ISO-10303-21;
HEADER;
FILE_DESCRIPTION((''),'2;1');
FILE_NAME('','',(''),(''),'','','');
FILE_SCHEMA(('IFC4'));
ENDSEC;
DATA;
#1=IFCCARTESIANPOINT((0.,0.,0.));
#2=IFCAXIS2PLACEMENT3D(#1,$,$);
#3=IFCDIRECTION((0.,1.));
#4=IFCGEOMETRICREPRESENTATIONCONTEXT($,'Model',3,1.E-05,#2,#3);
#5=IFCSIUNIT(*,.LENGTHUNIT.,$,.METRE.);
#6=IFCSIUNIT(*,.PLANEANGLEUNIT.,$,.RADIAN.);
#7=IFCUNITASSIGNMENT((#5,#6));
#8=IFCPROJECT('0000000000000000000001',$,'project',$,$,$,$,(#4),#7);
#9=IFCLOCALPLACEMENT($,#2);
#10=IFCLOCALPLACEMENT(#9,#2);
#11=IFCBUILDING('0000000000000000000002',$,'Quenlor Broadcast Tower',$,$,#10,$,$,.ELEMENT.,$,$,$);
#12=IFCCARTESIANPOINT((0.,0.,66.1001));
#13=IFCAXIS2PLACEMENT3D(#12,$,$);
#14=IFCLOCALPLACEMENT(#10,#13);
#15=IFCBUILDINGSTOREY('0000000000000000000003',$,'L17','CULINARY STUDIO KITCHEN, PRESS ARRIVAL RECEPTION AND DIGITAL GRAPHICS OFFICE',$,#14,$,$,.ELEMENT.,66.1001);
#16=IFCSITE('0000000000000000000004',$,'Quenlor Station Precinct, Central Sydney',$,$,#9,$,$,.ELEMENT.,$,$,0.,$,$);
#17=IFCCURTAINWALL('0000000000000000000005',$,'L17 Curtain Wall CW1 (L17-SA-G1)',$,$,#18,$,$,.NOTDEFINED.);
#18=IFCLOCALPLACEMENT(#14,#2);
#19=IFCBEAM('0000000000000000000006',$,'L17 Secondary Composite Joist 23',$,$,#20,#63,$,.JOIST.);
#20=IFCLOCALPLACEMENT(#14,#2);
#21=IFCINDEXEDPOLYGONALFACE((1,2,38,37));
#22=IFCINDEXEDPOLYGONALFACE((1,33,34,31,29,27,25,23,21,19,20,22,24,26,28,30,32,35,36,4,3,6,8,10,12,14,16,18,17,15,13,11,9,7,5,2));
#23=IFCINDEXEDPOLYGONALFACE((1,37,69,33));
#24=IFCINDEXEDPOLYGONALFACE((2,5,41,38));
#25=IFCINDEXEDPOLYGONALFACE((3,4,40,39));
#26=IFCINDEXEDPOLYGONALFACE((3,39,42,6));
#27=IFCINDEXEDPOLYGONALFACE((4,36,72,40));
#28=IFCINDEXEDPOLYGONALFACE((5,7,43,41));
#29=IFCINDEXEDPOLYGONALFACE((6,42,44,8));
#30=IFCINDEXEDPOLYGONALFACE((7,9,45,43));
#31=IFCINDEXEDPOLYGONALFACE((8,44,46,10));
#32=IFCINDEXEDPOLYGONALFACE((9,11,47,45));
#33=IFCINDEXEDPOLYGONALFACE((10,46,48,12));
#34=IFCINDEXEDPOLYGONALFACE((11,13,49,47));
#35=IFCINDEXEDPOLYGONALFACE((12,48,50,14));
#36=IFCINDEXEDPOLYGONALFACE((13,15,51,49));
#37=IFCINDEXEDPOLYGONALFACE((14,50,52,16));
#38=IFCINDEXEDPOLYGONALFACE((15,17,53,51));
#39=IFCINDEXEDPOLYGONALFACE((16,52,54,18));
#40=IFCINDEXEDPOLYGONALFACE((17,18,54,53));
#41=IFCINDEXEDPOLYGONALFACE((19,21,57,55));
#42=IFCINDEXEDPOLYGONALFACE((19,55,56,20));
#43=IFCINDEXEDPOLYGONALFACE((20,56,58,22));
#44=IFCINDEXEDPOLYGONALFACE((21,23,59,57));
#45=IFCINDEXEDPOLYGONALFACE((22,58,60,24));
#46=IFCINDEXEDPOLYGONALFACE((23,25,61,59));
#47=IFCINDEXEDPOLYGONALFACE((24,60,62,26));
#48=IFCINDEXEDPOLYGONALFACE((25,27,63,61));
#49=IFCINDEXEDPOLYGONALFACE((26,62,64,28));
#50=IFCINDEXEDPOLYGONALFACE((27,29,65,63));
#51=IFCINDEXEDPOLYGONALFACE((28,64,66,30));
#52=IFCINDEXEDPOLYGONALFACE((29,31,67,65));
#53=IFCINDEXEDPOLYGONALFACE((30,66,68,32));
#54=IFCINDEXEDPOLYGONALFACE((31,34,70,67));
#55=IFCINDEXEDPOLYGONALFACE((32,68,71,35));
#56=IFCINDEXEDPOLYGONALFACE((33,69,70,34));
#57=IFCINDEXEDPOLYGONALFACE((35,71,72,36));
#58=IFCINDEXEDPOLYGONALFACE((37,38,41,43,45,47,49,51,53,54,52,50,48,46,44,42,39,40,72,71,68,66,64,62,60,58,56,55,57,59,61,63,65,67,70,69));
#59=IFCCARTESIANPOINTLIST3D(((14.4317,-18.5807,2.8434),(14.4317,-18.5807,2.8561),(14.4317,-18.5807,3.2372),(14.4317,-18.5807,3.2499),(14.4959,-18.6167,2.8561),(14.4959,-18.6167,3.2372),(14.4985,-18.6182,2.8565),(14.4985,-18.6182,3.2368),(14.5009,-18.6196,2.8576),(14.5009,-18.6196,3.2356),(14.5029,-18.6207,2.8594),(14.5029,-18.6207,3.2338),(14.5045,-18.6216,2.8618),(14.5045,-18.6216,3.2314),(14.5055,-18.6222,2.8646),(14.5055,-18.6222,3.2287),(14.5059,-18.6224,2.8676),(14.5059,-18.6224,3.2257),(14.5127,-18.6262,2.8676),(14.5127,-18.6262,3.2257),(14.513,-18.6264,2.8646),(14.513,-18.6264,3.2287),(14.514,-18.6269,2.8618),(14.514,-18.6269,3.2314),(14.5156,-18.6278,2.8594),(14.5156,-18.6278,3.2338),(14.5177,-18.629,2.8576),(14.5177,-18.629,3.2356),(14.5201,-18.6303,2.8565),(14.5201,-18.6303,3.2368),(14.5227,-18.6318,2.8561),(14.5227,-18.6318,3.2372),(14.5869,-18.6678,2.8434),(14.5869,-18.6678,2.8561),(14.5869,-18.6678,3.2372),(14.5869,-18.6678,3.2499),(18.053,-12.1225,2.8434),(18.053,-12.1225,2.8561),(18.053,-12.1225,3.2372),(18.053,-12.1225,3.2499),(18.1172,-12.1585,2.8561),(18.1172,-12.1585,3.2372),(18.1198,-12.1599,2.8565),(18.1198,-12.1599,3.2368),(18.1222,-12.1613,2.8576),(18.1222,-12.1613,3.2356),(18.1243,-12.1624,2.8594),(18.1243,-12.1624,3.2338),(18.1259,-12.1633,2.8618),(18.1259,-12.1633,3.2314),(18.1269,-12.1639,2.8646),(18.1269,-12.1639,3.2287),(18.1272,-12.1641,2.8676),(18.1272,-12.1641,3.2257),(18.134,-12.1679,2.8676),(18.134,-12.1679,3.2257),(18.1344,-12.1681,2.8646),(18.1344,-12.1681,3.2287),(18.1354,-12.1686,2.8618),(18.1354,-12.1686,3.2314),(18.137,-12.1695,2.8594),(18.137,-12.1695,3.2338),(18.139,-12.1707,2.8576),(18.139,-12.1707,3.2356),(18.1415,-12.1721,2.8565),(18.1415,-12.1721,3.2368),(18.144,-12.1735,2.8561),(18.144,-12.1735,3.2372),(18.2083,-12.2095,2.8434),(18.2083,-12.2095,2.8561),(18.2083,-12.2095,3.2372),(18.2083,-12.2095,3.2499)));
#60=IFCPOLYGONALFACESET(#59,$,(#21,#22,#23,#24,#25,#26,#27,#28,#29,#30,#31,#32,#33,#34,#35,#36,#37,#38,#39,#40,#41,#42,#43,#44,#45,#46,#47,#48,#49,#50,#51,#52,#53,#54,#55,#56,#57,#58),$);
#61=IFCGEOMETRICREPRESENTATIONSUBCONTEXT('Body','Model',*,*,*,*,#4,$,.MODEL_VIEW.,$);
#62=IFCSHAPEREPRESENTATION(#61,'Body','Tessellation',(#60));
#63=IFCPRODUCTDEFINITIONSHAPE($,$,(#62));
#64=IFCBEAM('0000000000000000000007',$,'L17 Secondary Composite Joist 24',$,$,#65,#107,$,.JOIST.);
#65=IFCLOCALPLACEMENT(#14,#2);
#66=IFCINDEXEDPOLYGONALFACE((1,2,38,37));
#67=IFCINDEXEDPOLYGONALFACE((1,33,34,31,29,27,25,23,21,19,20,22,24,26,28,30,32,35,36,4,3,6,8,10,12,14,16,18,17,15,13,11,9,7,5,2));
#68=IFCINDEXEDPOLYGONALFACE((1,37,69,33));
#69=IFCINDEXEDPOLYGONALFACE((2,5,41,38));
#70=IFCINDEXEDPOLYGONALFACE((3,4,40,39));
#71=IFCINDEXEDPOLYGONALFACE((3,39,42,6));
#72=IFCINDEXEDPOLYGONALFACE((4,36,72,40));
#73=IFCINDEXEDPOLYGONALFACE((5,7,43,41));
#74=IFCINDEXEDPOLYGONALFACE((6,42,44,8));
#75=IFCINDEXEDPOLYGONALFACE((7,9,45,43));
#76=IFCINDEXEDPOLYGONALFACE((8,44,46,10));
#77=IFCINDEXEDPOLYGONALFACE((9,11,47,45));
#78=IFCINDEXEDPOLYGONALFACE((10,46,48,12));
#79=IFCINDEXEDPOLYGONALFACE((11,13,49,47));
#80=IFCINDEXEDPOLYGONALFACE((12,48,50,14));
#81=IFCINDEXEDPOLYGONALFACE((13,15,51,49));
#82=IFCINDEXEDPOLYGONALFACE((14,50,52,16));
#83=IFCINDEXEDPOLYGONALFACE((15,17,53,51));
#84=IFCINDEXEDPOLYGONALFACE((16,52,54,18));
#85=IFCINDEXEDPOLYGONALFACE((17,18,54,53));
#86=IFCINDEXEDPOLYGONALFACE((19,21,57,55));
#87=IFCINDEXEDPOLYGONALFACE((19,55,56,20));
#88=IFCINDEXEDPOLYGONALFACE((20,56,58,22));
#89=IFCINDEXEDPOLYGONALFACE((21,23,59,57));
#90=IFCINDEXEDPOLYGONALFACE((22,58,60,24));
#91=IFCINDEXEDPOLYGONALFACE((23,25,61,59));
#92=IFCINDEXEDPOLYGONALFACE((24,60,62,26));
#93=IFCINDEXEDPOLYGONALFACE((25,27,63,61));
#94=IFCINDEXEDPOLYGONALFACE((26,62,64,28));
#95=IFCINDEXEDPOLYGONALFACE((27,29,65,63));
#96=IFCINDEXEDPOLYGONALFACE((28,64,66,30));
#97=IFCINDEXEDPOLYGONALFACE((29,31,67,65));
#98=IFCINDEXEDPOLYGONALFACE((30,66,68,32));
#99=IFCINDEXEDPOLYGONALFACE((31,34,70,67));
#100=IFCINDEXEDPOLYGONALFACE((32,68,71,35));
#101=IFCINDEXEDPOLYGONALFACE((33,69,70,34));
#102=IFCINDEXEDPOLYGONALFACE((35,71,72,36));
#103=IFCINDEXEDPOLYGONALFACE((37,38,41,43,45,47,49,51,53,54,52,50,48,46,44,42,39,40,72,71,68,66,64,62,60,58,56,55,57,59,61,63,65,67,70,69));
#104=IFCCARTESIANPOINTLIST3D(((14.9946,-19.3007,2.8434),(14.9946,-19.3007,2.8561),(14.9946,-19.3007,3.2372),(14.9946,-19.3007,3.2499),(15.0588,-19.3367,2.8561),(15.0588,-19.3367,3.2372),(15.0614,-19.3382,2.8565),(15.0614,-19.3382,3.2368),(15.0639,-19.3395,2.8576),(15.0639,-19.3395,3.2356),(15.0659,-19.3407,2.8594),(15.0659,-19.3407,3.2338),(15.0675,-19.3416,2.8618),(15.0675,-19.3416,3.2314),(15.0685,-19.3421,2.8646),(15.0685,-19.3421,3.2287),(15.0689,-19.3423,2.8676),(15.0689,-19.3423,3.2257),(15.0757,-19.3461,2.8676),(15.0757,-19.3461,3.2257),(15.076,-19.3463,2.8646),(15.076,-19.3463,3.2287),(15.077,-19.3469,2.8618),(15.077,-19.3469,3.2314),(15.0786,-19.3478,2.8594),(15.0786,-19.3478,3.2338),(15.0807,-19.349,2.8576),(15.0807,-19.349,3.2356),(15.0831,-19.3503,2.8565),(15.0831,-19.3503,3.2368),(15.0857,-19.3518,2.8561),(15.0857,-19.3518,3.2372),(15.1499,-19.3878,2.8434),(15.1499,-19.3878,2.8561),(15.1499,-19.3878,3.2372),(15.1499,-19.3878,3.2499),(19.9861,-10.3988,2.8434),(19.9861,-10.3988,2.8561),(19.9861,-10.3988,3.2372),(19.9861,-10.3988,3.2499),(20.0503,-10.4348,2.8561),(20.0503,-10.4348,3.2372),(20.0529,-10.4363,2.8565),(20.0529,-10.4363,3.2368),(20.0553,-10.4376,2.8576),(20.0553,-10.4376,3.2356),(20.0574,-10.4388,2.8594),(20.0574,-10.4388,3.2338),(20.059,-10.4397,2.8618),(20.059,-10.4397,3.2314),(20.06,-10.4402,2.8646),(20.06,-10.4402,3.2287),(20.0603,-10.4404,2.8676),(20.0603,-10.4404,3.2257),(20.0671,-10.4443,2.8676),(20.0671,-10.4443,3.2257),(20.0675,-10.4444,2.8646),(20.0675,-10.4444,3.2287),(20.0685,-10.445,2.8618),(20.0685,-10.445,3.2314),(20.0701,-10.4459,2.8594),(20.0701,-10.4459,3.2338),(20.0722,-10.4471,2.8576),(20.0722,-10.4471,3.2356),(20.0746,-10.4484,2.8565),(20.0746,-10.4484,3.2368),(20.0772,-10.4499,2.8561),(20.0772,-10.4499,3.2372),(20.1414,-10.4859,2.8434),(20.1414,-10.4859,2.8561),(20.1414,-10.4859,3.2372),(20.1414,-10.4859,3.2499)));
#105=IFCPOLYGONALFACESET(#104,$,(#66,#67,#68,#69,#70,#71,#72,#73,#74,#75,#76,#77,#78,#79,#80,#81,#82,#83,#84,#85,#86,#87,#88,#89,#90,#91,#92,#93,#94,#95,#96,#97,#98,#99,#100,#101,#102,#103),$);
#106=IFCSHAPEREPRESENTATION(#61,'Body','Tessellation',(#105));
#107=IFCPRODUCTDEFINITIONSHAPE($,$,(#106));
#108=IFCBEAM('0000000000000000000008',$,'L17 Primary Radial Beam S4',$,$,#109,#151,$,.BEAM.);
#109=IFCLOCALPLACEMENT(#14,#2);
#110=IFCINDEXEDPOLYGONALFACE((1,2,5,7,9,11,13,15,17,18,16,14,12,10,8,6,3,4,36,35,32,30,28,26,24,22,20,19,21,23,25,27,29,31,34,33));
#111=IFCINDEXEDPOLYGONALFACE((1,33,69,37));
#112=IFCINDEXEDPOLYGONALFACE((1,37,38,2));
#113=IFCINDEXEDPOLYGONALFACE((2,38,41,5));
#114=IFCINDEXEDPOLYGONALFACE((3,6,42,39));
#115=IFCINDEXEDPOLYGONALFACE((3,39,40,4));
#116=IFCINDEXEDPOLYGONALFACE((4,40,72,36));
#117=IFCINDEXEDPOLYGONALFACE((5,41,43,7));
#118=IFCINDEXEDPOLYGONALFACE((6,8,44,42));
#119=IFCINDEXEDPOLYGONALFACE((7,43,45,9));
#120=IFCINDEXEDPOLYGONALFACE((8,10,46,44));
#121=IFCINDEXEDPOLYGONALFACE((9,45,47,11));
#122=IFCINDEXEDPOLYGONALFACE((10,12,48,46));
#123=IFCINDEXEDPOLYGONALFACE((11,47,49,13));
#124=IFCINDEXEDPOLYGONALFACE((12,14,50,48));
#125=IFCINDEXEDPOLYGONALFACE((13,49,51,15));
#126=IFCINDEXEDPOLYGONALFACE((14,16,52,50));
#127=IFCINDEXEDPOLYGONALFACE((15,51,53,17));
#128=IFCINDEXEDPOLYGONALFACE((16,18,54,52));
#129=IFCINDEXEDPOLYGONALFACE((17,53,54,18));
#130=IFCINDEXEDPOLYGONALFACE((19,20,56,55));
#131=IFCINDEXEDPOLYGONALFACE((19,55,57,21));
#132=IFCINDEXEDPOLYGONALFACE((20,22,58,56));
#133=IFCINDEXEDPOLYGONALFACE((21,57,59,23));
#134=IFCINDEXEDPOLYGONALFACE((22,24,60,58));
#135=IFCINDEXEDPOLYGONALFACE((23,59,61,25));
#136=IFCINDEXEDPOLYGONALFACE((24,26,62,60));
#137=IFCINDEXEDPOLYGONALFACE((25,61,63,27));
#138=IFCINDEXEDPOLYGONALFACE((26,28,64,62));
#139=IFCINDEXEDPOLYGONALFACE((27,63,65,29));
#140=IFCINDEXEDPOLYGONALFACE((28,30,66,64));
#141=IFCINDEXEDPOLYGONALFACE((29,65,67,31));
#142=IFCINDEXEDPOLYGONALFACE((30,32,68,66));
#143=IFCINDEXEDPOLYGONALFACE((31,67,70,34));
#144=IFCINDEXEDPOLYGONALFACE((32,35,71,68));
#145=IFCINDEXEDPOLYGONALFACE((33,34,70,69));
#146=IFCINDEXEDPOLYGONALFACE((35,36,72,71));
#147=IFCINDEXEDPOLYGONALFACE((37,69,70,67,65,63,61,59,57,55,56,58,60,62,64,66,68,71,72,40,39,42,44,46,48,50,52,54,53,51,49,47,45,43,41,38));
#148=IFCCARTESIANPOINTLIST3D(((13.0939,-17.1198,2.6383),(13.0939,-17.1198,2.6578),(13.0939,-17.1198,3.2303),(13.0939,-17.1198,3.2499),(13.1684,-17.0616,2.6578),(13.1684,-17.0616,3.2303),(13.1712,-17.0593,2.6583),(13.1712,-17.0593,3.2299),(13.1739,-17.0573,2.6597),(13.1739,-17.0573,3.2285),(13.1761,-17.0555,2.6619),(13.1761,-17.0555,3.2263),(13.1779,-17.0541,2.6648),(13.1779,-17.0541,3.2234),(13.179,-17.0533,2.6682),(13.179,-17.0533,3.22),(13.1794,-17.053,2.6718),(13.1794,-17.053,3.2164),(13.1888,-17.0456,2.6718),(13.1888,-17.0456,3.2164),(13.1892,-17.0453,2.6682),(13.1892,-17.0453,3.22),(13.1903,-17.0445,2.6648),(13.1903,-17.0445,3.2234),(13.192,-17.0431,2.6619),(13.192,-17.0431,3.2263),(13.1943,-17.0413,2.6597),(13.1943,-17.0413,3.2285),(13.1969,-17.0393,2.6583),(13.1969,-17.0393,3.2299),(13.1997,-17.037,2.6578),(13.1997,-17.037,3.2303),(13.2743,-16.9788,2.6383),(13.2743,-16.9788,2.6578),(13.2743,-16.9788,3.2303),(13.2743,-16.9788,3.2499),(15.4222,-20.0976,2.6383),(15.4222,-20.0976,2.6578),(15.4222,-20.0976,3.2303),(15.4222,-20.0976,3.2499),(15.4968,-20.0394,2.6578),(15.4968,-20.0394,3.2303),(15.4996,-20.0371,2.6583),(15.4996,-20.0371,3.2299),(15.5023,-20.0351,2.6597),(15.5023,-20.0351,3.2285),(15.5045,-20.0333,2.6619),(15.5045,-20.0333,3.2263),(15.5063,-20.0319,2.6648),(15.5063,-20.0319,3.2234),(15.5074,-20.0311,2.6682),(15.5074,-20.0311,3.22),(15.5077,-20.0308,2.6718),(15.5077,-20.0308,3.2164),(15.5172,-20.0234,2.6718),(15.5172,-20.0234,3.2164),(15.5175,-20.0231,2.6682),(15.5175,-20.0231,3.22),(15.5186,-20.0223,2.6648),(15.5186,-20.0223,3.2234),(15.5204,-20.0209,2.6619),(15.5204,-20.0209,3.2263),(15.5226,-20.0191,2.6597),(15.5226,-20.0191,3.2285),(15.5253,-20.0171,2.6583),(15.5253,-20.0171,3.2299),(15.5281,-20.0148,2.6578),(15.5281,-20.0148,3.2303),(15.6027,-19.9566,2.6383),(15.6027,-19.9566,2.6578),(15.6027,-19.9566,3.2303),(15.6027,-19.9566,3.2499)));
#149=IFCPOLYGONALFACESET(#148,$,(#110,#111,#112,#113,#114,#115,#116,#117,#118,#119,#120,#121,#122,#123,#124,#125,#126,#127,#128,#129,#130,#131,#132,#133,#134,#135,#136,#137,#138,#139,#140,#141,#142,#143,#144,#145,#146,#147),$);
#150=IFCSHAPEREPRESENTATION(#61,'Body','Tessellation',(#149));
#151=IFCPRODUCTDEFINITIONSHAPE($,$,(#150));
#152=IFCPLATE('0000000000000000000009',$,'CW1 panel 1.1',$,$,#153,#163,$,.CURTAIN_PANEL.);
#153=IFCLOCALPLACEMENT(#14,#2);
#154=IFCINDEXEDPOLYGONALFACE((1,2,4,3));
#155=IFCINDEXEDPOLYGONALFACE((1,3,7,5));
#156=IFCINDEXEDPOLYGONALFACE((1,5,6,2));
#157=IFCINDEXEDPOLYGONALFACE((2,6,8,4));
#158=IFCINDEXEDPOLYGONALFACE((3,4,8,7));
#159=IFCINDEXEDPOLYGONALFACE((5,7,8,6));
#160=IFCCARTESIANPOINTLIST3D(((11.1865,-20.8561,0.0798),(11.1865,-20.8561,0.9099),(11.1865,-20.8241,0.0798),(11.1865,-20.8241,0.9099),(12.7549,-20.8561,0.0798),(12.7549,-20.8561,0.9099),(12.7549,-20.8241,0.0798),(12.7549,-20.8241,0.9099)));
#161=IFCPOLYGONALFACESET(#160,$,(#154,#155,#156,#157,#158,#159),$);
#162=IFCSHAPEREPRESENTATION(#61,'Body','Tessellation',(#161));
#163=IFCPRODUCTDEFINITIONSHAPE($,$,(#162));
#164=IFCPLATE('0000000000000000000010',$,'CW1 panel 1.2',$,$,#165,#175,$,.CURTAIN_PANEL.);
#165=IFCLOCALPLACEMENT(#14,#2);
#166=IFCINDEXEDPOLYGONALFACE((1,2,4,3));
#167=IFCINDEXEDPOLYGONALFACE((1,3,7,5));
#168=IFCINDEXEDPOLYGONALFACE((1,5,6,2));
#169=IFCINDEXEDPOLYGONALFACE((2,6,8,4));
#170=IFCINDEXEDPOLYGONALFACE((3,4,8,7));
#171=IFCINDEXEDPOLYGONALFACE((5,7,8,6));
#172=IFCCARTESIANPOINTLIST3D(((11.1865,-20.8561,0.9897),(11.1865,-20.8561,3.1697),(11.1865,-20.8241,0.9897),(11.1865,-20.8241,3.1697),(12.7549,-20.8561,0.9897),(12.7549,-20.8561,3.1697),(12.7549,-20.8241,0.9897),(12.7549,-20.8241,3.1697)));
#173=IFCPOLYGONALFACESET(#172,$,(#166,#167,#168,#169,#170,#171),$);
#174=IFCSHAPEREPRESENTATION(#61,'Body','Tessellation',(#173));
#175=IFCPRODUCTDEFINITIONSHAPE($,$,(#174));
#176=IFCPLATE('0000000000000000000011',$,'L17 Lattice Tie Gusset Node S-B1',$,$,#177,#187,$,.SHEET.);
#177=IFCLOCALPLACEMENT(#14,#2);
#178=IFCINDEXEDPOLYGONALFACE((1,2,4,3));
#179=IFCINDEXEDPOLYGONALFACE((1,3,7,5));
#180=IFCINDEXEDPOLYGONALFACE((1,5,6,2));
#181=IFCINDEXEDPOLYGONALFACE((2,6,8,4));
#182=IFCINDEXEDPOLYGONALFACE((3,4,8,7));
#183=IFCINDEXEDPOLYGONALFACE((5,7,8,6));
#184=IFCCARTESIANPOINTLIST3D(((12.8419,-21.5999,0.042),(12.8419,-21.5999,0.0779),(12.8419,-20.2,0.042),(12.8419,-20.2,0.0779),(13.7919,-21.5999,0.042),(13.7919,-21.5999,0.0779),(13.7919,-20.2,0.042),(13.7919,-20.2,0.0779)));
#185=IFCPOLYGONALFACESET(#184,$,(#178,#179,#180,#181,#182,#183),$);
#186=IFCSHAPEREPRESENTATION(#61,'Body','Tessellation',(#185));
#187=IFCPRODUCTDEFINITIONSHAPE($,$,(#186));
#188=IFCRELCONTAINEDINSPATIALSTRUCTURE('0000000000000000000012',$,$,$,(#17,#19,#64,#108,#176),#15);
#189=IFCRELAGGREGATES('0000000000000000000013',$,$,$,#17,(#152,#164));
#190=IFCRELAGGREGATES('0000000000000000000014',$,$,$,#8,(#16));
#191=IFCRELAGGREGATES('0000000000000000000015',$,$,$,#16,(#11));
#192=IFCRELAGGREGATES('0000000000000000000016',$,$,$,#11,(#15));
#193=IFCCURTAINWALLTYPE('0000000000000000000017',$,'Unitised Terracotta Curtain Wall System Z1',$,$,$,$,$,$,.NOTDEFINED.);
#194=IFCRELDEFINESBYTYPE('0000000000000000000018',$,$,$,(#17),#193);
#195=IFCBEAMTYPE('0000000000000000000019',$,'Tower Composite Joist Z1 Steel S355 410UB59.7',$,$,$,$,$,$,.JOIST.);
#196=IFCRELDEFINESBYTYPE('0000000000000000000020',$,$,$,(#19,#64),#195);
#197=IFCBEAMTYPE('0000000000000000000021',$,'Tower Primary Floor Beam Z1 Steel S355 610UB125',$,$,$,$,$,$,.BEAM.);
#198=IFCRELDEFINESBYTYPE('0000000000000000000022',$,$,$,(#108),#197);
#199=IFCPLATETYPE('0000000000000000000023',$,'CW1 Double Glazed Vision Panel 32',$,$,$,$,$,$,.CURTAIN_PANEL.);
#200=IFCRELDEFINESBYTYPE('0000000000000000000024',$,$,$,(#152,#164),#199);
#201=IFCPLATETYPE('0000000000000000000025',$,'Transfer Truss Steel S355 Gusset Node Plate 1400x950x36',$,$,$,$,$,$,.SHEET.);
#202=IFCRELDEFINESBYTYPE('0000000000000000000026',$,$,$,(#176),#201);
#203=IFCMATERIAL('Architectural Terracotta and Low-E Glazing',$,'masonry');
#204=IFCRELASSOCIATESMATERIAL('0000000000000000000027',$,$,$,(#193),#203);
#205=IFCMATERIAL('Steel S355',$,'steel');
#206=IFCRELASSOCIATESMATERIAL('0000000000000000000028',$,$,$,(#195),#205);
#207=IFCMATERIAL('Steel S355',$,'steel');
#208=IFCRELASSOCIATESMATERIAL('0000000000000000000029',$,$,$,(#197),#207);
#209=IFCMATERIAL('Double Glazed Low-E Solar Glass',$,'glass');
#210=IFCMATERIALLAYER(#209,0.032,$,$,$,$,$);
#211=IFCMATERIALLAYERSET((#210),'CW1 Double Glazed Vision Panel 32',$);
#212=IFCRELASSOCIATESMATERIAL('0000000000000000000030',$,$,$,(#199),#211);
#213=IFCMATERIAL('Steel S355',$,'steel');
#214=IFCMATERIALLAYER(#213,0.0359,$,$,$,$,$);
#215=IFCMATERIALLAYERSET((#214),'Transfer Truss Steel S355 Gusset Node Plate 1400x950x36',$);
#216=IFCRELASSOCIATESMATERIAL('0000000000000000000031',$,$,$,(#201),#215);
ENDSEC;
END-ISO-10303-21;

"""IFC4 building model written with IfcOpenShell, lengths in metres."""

from ifc_helpers import new_model, si_unit, direction, frame, origin, origin_2d, place, context, subcontext, project, spatial, rectangle, i_section, extrude, material, layer, layer_set, material_profile, profile_set, type_object, element, aggregate, save


model = new_model("IFC4")

# Units and contexts
model_context = context("Model", 3, precision=1e-05, world=origin(), true_north=direction((0.0, 1.0)))
body_context = subcontext(model_context, "Body", "Model", "MODEL_VIEW")
ifc_project = project(units=[si_unit("LENGTHUNIT", "METRE"), si_unit("PLANEANGLEUNIT", "RADIAN")], contexts=[model_context])

# Site, building, storey
site_placement = place(None, origin())
site = spatial("IfcSite", under=ifc_project, at=site_placement, Name="Quenlor Station Precinct, Central Sydney", CompositionType="ELEMENT", RefElevation=0.0)
building_placement = place(site_placement, origin())
building = spatial("IfcBuilding", under=site, at=building_placement, Name="Quenlor Broadcast Tower", CompositionType="ELEMENT")
storey_placement = place(building_placement, frame((0.0, 0.0, 66.1001)))
storey = spatial("IfcBuildingStorey", under=building, at=storey_placement, Name="L17", Description="CULINARY STUDIO KITCHEN, PRESS ARRIVAL RECEPTION AND DIGITAL GRAPHICS OFFICE", CompositionType="ELEMENT", Elevation=66.1001)

# Curtain wall
ifc_material_1 = material(Name="Architectural Terracotta and Low-E Glazing", Category="masonry")
curtain_wall_type = type_object("IfcCurtainWallType", Name="Unitised Terracotta Curtain Wall System Z1", PredefinedType="NOTDEFINED", material=ifc_material_1)
curtain_wall_placement = place(storey_placement, origin())
curtain_wall = element("IfcCurtainWall", 1, at=curtain_wall_placement, inside=storey, type_object=curtain_wall_type, Name="L17 Curtain Wall CW1 (L17-SA-G1)", PredefinedType="NOTDEFINED")

# Beams
ifc_material_2 = material(Name="Steel S355", Category="steel")
ifc_material_profile_1 = material_profile(ifc_material_2, i_section(OverallWidth=0.178, OverallDepth=0.4065, WebThickness=0.0078, FlangeThickness=0.0127, FilletRadius=0.0115, at=origin_2d()))
ifc_profile_set_1 = profile_set([ifc_material_profile_1], Name="Steel S355 410UB59.7")
beam_type_1 = type_object("IfcBeamType", Name="Tower Composite Joist Z1 Steel S355 410UB59.7", PredefinedType="JOIST", material=ifc_profile_set_1)
beam_1_placement = place(storey_placement, frame((14.5093, -18.6243, 3.0466), z_axis=(0.489088, 0.872234, 0.0), x_axis=(-0.872234, 0.489088, 0.0)))
element("IfcBeam", 2, at=beam_1_placement, inside=storey, type_object=beam_type_1, Name="L17 Secondary Composite Joist 23", PredefinedType="JOIST", context=body_context, shape_type="SweptSolid", body=[
    extrude(i_section(OverallWidth=0.178, OverallDepth=0.4065, WebThickness=0.0078, FlangeThickness=0.0127, FilletRadius=0.0115, at=origin_2d()), origin(), (0.0, 0.0, 1.0), 7.4043),
])
beam_2_placement = place(storey_placement, frame((15.0723, -19.3442, 3.0466), z_axis=(0.489082, 0.872238, 0.0), x_axis=(-0.872238, 0.489082, 0.0)))
element("IfcBeam", 3, at=beam_2_placement, inside=storey, type_object=beam_type_1, Name="L17 Secondary Composite Joist 24", PredefinedType="JOIST", context=body_context, shape_type="SweptSolid", body=[
    extrude(i_section(OverallWidth=0.178, OverallDepth=0.4065, WebThickness=0.0078, FlangeThickness=0.0127, FilletRadius=0.0115, at=origin_2d()), origin(), (0.0, 0.0, 1.0), 10.2058),
])
ifc_material_3 = material(Name="Steel S355", Category="steel")
ifc_material_profile_2 = material_profile(ifc_material_3, i_section(OverallWidth=0.229, OverallDepth=0.6116, WebThickness=0.012, FlangeThickness=0.0195, FilletRadius=0.0139, at=origin_2d()))
ifc_profile_set_2 = profile_set([ifc_material_profile_2], Name="Steel S355 610UB125")
beam_type_2 = type_object("IfcBeamType", Name="Tower Primary Floor Beam Z1 Steel S355 610UB125", PredefinedType="BEAM", material=ifc_profile_set_2)
beam_3_placement = place(storey_placement, frame((15.5125, -20.0271, 2.9441), z_axis=(-0.615969, 0.787771, 0.0), x_axis=(-0.787771, -0.615969, 0.0)))
element("IfcBeam", 4, at=beam_3_placement, inside=storey, type_object=beam_type_2, Name="L17 Primary Radial Beam S4", PredefinedType="BEAM", context=body_context, shape_type="SweptSolid", body=[
    extrude(i_section(OverallWidth=0.229, OverallDepth=0.6116, WebThickness=0.012, FlangeThickness=0.0195, FilletRadius=0.0139, at=origin_2d()), origin(), (0.0, 0.0, 1.0), 3.78),
])

# Plates
ifc_material_4 = material(Name="Double Glazed Low-E Solar Glass", Category="glass")
ifc_layer_1 = layer(ifc_material_4, 0.032)
ifc_layer_set_1 = layer_set([ifc_layer_1], Name="CW1 Double Glazed Vision Panel 32")
plate_type_1 = type_object("IfcPlateType", Name="CW1 Double Glazed Vision Panel 32", PredefinedType="CURTAIN_PANEL", material=ifc_layer_set_1)
plate_1_placement = place(storey_placement, frame((11.9707, -20.8401, 0.0798), z_axis=(0.0, 0.0, 1.0), x_axis=(-1.0, 0.0, 0.0)))
plate_1 = element("IfcPlate", 5, at=plate_1_placement, type_object=plate_type_1, Name="CW1 panel 1.1", PredefinedType="CURTAIN_PANEL", context=body_context, shape_type="SweptSolid", body=[
    extrude(rectangle(XDim=1.5684, YDim=0.032, at=origin_2d()), origin(), (0.0, 0.0, 1.0), 0.8301),
])
plate_2_placement = place(storey_placement, frame((11.9707, -20.8401, 0.9897), z_axis=(0.0, 0.0, 1.0), x_axis=(-1.0, 0.0, 0.0)))
plate_2 = element("IfcPlate", 6, at=plate_2_placement, type_object=plate_type_1, Name="CW1 panel 1.2", PredefinedType="CURTAIN_PANEL", context=body_context, shape_type="SweptSolid", body=[
    extrude(rectangle(XDim=1.5684, YDim=0.032, at=origin_2d()), origin(), (0.0, 0.0, 1.0), 2.1799),
])
aggregate(curtain_wall, [plate_1, plate_2])

# Plate
ifc_material_5 = material(Name="Steel S355", Category="steel")
ifc_layer_2 = layer(ifc_material_5, 0.0359)
ifc_layer_set_2 = layer_set([ifc_layer_2], Name="Transfer Truss Steel S355 Gusset Node Plate 1400x950x36")
plate_type_2 = type_object("IfcPlateType", Name="Transfer Truss Steel S355 Gusset Node Plate 1400x950x36", PredefinedType="SHEET", material=ifc_layer_set_2)
for number, where, z_axis, x_axis, name in (
    (7, (13.3169, -20.8999, 0.042), (0.0, 0.0, 1.0), (0.0, -1.0, 0.0), "L17 Lattice Tie Gusset Node S-B1"),
):
    element("IfcPlate", number, at=place(storey_placement, frame(where, z_axis=z_axis, x_axis=x_axis)), inside=storey, type_object=plate_type_2, Name=name, PredefinedType="SHEET", context=body_context, shape_type="SweptSolid", body=[
        extrude(rectangle(XDim=1.3999, YDim=0.95, at=origin_2d()), origin(), (0.0, 0.0, 1.0), 0.0359),
    ])

save(model, "model.ifc")
